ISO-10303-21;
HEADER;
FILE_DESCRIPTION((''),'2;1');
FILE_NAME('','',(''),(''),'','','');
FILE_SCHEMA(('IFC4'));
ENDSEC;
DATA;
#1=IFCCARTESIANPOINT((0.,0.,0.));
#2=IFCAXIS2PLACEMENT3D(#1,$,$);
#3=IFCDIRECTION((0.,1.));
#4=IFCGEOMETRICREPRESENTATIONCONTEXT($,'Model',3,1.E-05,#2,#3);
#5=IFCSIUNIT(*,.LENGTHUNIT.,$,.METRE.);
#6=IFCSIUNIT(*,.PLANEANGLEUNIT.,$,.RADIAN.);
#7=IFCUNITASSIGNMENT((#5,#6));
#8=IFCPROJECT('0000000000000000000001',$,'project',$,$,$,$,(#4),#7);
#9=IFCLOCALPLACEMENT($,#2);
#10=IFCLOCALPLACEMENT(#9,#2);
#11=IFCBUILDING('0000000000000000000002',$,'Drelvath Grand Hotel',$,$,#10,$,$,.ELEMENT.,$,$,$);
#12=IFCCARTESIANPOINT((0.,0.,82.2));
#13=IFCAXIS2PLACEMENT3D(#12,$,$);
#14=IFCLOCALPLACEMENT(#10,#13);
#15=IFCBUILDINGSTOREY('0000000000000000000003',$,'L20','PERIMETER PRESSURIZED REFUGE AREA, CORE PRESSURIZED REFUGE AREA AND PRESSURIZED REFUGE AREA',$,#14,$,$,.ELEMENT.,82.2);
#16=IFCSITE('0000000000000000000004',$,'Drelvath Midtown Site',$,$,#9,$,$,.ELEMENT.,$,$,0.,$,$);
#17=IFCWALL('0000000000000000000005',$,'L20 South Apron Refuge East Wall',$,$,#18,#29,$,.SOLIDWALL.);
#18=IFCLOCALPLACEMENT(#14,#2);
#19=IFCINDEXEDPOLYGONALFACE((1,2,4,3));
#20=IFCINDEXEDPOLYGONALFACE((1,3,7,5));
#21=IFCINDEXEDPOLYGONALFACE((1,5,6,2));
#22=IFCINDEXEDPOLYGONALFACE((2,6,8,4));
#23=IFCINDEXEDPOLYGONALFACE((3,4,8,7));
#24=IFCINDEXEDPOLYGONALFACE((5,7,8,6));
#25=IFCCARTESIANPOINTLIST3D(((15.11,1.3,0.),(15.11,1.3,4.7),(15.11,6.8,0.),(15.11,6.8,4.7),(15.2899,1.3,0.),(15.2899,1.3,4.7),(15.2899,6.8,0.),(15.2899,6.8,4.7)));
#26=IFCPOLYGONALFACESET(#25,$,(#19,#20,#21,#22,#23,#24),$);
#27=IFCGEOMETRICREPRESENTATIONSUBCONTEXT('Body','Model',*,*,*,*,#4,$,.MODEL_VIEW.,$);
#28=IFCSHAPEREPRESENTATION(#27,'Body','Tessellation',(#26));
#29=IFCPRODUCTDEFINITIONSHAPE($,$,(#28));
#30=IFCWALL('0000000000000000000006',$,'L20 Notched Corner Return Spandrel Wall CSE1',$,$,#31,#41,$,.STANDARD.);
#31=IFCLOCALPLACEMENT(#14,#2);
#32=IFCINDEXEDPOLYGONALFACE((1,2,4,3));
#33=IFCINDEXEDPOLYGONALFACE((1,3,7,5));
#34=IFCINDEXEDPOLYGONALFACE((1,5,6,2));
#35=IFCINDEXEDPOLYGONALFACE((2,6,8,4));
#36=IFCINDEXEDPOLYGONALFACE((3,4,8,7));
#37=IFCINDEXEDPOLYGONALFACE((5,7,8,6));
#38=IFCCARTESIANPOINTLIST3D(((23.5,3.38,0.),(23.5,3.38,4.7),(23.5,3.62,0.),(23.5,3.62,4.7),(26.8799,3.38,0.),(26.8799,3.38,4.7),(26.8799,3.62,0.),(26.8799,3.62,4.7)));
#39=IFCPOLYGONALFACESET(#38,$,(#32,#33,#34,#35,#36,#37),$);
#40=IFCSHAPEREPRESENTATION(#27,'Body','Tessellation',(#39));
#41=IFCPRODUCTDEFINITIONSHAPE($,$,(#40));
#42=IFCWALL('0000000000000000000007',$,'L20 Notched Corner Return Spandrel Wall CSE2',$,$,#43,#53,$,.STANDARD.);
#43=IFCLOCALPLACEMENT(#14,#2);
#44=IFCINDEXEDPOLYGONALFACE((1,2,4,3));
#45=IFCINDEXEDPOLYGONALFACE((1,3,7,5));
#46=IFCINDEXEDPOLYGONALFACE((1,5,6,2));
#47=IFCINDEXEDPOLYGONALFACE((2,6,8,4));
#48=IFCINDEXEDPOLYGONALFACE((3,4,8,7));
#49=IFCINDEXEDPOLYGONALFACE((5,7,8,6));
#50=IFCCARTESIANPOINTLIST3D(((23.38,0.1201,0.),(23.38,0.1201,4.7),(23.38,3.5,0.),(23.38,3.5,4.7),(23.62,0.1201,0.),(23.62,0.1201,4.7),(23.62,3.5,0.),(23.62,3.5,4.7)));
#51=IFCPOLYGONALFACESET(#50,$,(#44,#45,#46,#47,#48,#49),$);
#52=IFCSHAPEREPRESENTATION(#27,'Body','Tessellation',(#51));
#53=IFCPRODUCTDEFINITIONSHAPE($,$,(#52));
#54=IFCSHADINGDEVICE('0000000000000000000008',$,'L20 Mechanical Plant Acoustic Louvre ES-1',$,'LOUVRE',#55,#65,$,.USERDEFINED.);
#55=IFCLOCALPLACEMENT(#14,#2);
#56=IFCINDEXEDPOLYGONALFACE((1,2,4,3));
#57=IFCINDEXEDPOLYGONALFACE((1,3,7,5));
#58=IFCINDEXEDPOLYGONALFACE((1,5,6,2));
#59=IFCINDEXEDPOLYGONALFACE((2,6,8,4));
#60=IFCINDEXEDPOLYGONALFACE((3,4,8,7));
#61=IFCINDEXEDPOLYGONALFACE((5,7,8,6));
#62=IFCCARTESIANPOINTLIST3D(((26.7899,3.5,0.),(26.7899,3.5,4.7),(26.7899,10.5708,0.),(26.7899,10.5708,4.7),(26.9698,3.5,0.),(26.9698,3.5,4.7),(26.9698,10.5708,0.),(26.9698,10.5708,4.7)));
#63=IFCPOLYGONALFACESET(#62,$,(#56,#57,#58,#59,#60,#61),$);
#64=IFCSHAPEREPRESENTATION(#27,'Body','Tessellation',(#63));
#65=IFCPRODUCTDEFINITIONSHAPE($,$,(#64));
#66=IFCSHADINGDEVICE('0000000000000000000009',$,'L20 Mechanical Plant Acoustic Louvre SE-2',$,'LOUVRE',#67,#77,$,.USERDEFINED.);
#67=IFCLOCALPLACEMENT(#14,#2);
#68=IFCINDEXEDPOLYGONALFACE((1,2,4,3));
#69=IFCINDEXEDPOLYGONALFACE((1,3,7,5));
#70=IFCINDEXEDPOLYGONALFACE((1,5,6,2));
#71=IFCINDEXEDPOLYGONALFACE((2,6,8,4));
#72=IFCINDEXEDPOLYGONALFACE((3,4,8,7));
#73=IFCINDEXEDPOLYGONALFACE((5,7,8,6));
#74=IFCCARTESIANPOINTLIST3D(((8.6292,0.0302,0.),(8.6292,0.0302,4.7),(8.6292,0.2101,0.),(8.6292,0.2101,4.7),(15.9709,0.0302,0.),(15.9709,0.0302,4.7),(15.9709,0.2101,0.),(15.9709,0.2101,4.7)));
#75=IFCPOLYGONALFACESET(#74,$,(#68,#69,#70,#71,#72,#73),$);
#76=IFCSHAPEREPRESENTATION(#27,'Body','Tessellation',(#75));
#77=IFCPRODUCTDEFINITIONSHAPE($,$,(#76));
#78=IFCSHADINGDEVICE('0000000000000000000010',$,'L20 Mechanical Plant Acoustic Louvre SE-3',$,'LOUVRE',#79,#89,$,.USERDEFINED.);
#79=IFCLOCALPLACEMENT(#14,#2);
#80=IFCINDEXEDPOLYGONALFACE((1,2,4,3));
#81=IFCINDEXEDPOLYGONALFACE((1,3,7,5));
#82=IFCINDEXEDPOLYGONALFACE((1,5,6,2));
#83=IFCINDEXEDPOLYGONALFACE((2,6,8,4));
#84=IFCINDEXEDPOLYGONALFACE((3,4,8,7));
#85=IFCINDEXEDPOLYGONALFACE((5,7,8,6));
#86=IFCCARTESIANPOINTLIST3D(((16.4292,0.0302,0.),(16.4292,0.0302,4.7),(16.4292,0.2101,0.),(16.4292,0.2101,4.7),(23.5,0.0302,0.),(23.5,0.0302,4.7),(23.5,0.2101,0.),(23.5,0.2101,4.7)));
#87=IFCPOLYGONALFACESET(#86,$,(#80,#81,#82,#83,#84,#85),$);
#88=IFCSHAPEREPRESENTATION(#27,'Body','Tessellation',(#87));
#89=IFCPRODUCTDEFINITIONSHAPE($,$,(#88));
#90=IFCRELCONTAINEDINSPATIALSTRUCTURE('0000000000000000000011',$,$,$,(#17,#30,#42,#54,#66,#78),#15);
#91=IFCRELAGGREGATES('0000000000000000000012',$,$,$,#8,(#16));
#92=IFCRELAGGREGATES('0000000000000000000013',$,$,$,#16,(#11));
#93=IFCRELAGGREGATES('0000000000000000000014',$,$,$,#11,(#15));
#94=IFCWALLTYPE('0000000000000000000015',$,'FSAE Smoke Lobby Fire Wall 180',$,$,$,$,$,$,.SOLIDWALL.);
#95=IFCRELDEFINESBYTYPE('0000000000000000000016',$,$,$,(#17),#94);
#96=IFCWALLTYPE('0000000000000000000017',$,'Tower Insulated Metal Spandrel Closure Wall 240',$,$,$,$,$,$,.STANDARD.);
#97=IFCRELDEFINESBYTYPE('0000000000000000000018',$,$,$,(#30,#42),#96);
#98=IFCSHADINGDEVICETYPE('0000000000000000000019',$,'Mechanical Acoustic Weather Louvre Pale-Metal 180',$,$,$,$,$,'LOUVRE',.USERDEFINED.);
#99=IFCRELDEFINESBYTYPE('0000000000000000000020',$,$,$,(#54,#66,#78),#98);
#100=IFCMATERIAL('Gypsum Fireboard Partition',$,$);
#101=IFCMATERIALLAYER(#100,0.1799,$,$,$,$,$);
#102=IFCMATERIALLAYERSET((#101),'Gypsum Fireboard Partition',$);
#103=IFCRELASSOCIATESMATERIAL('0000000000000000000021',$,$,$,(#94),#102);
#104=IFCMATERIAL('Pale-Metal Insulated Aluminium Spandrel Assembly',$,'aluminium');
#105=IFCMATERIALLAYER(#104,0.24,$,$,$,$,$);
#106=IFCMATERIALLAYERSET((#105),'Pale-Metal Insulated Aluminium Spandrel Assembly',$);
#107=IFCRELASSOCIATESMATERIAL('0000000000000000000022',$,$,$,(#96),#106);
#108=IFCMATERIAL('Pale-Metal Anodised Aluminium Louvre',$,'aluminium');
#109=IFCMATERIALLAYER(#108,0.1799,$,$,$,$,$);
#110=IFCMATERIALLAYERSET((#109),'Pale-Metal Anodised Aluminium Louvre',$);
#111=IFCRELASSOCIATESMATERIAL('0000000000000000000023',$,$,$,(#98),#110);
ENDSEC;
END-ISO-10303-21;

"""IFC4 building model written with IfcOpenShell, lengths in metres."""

from ifc_helpers import new_model, si_unit, direction, frame, frame_2d, origin, origin_2d, place, context, subcontext, project, spatial, rectangle, extrude, material, layer, layer_set, type_object, element, save


model = new_model("IFC4")

# Units and contexts
model_context = context("Model", 3, precision=1e-05, world=origin(), true_north=direction((0.0, 1.0)))
body_context = subcontext(model_context, "Body", "Model", "MODEL_VIEW")
ifc_project = project(units=[si_unit("LENGTHUNIT", "METRE"), si_unit("PLANEANGLEUNIT", "RADIAN")], contexts=[model_context])

# Site, building, storey
site_placement = place(None, origin())
site = spatial("IfcSite", under=ifc_project, at=site_placement, Name="Drelvath Midtown Site", CompositionType="ELEMENT", RefElevation=0.0)
building_placement = place(site_placement, origin())
building = spatial("IfcBuilding", under=site, at=building_placement, Name="Drelvath Grand Hotel", CompositionType="ELEMENT")
storey_placement = place(building_placement, frame((0.0, 0.0, 82.2)))
storey = spatial("IfcBuildingStorey", under=building, at=storey_placement, Name="L20", Description="PERIMETER PRESSURIZED REFUGE AREA, CORE PRESSURIZED REFUGE AREA AND PRESSURIZED REFUGE AREA", CompositionType="ELEMENT", Elevation=82.2)

# Shared definitions
ifc_material_1 = material(Name="Gypsum Fireboard Partition")

# Walls
ifc_layer_1 = layer(ifc_material_1, 0.1799)
ifc_layer_set_1 = layer_set([ifc_layer_1], Name="Gypsum Fireboard Partition")
wall_type_1 = type_object("IfcWallType", Name="FSAE Smoke Lobby Fire Wall 180", PredefinedType="SOLIDWALL", material=ifc_layer_set_1)
wall_1_placement = place(storey_placement, frame((15.2, 1.3, 0.0), z_axis=(0.0, 0.0, 1.0), x_axis=(0.0, 1.0, 0.0)))
element("IfcWall", 1, at=wall_1_placement, inside=storey, type_object=wall_type_1, Name="L20 South Apron Refuge East Wall", PredefinedType="SOLIDWALL", context=body_context, shape_type="SweptSolid", body=[
    extrude(rectangle(XDim=5.5, YDim=0.1799, at=frame_2d((2.75, 0.0))), origin(), (0.0, 0.0, 1.0), 4.7),
])
ifc_material_2 = material(Name="Pale-Metal Insulated Aluminium Spandrel Assembly", Category="aluminium")
ifc_layer_2 = layer(ifc_material_2, 0.24)
ifc_layer_set_2 = layer_set([ifc_layer_2], Name="Pale-Metal Insulated Aluminium Spandrel Assembly")
wall_type_2 = type_object("IfcWallType", Name="Tower Insulated Metal Spandrel Closure Wall 240", PredefinedType="STANDARD", material=ifc_layer_set_2)
for number, where, z_axis, x_axis, name in (
    (2, (26.8799, 3.5, 0.0), (0.0, 0.0, 1.0), (-1.0, 0.0, 0.0), "L20 Notched Corner Return Spandrel Wall CSE1"),
    (3, (23.5, 3.5, 0.0), (0.0, 0.0, 1.0), (0.0, -1.0, 0.0), "L20 Notched Corner Return Spandrel Wall CSE2"),
):
    element("IfcWall", number, at=place(storey_placement, frame(where, z_axis=z_axis, x_axis=x_axis)), inside=storey, type_object=wall_type_2, Name=name, PredefinedType="STANDARD", context=body_context, shape_type="SweptSolid", body=[
        extrude(rectangle(XDim=3.3799, YDim=0.24, at=frame_2d((1.6899, 0.0))), origin(), (0.0, 0.0, 1.0), 4.7),
    ])

# Shading devices
ifc_material_3 = material(Name="Pale-Metal Anodised Aluminium Louvre", Category="aluminium")
ifc_layer_3 = layer(ifc_material_3, 0.1799)
ifc_layer_set_3 = layer_set([ifc_layer_3], Name="Pale-Metal Anodised Aluminium Louvre")
shading_device_type = type_object("IfcShadingDeviceType", Name="Mechanical Acoustic Weather Louvre Pale-Metal 180", ElementType="LOUVRE", PredefinedType="USERDEFINED", material=ifc_layer_set_3)
shading_device_1_placement = place(storey_placement, frame((26.8799, 7.0354, 0.0), z_axis=(0.0, 0.0, 1.0), x_axis=(0.0, 1.0, 0.0)))
element("IfcShadingDevice", 4, at=shading_device_1_placement, inside=storey, type_object=shading_device_type, Name="L20 Mechanical Plant Acoustic Louvre ES-1", ObjectType="LOUVRE", PredefinedType="USERDEFINED", context=body_context, shape_type="SweptSolid", body=[
    extrude(rectangle(XDim=7.0708, YDim=0.1799, at=origin_2d()), origin(), (0.0, 0.0, 1.0), 4.7),
])
shading_device_2_placement = place(storey_placement, frame((12.3, 0.1201, 0.0), z_axis=(0.0, 0.0, 1.0), x_axis=(1.0, 0.0, 0.0)))
element("IfcShadingDevice", 5, at=shading_device_2_placement, inside=storey, type_object=shading_device_type, Name="L20 Mechanical Plant Acoustic Louvre SE-2", ObjectType="LOUVRE", PredefinedType="USERDEFINED", context=body_context, shape_type="SweptSolid", body=[
    extrude(rectangle(XDim=7.3418, YDim=0.1799, at=origin_2d()), origin(), (0.0, 0.0, 1.0), 4.7),
])
shading_device_3_placement = place(storey_placement, frame((19.9646, 0.1201, 0.0), z_axis=(0.0, 0.0, 1.0), x_axis=(1.0, 0.0, 0.0)))
element("IfcShadingDevice", 6, at=shading_device_3_placement, inside=storey, type_object=shading_device_type, Name="L20 Mechanical Plant Acoustic Louvre SE-3", ObjectType="LOUVRE", PredefinedType="USERDEFINED", context=body_context, shape_type="SweptSolid", body=[
    extrude(rectangle(XDim=7.0708, YDim=0.1799, at=origin_2d()), origin(), (0.0, 0.0, 1.0), 4.7),
])

save(model, "model.ifc")
